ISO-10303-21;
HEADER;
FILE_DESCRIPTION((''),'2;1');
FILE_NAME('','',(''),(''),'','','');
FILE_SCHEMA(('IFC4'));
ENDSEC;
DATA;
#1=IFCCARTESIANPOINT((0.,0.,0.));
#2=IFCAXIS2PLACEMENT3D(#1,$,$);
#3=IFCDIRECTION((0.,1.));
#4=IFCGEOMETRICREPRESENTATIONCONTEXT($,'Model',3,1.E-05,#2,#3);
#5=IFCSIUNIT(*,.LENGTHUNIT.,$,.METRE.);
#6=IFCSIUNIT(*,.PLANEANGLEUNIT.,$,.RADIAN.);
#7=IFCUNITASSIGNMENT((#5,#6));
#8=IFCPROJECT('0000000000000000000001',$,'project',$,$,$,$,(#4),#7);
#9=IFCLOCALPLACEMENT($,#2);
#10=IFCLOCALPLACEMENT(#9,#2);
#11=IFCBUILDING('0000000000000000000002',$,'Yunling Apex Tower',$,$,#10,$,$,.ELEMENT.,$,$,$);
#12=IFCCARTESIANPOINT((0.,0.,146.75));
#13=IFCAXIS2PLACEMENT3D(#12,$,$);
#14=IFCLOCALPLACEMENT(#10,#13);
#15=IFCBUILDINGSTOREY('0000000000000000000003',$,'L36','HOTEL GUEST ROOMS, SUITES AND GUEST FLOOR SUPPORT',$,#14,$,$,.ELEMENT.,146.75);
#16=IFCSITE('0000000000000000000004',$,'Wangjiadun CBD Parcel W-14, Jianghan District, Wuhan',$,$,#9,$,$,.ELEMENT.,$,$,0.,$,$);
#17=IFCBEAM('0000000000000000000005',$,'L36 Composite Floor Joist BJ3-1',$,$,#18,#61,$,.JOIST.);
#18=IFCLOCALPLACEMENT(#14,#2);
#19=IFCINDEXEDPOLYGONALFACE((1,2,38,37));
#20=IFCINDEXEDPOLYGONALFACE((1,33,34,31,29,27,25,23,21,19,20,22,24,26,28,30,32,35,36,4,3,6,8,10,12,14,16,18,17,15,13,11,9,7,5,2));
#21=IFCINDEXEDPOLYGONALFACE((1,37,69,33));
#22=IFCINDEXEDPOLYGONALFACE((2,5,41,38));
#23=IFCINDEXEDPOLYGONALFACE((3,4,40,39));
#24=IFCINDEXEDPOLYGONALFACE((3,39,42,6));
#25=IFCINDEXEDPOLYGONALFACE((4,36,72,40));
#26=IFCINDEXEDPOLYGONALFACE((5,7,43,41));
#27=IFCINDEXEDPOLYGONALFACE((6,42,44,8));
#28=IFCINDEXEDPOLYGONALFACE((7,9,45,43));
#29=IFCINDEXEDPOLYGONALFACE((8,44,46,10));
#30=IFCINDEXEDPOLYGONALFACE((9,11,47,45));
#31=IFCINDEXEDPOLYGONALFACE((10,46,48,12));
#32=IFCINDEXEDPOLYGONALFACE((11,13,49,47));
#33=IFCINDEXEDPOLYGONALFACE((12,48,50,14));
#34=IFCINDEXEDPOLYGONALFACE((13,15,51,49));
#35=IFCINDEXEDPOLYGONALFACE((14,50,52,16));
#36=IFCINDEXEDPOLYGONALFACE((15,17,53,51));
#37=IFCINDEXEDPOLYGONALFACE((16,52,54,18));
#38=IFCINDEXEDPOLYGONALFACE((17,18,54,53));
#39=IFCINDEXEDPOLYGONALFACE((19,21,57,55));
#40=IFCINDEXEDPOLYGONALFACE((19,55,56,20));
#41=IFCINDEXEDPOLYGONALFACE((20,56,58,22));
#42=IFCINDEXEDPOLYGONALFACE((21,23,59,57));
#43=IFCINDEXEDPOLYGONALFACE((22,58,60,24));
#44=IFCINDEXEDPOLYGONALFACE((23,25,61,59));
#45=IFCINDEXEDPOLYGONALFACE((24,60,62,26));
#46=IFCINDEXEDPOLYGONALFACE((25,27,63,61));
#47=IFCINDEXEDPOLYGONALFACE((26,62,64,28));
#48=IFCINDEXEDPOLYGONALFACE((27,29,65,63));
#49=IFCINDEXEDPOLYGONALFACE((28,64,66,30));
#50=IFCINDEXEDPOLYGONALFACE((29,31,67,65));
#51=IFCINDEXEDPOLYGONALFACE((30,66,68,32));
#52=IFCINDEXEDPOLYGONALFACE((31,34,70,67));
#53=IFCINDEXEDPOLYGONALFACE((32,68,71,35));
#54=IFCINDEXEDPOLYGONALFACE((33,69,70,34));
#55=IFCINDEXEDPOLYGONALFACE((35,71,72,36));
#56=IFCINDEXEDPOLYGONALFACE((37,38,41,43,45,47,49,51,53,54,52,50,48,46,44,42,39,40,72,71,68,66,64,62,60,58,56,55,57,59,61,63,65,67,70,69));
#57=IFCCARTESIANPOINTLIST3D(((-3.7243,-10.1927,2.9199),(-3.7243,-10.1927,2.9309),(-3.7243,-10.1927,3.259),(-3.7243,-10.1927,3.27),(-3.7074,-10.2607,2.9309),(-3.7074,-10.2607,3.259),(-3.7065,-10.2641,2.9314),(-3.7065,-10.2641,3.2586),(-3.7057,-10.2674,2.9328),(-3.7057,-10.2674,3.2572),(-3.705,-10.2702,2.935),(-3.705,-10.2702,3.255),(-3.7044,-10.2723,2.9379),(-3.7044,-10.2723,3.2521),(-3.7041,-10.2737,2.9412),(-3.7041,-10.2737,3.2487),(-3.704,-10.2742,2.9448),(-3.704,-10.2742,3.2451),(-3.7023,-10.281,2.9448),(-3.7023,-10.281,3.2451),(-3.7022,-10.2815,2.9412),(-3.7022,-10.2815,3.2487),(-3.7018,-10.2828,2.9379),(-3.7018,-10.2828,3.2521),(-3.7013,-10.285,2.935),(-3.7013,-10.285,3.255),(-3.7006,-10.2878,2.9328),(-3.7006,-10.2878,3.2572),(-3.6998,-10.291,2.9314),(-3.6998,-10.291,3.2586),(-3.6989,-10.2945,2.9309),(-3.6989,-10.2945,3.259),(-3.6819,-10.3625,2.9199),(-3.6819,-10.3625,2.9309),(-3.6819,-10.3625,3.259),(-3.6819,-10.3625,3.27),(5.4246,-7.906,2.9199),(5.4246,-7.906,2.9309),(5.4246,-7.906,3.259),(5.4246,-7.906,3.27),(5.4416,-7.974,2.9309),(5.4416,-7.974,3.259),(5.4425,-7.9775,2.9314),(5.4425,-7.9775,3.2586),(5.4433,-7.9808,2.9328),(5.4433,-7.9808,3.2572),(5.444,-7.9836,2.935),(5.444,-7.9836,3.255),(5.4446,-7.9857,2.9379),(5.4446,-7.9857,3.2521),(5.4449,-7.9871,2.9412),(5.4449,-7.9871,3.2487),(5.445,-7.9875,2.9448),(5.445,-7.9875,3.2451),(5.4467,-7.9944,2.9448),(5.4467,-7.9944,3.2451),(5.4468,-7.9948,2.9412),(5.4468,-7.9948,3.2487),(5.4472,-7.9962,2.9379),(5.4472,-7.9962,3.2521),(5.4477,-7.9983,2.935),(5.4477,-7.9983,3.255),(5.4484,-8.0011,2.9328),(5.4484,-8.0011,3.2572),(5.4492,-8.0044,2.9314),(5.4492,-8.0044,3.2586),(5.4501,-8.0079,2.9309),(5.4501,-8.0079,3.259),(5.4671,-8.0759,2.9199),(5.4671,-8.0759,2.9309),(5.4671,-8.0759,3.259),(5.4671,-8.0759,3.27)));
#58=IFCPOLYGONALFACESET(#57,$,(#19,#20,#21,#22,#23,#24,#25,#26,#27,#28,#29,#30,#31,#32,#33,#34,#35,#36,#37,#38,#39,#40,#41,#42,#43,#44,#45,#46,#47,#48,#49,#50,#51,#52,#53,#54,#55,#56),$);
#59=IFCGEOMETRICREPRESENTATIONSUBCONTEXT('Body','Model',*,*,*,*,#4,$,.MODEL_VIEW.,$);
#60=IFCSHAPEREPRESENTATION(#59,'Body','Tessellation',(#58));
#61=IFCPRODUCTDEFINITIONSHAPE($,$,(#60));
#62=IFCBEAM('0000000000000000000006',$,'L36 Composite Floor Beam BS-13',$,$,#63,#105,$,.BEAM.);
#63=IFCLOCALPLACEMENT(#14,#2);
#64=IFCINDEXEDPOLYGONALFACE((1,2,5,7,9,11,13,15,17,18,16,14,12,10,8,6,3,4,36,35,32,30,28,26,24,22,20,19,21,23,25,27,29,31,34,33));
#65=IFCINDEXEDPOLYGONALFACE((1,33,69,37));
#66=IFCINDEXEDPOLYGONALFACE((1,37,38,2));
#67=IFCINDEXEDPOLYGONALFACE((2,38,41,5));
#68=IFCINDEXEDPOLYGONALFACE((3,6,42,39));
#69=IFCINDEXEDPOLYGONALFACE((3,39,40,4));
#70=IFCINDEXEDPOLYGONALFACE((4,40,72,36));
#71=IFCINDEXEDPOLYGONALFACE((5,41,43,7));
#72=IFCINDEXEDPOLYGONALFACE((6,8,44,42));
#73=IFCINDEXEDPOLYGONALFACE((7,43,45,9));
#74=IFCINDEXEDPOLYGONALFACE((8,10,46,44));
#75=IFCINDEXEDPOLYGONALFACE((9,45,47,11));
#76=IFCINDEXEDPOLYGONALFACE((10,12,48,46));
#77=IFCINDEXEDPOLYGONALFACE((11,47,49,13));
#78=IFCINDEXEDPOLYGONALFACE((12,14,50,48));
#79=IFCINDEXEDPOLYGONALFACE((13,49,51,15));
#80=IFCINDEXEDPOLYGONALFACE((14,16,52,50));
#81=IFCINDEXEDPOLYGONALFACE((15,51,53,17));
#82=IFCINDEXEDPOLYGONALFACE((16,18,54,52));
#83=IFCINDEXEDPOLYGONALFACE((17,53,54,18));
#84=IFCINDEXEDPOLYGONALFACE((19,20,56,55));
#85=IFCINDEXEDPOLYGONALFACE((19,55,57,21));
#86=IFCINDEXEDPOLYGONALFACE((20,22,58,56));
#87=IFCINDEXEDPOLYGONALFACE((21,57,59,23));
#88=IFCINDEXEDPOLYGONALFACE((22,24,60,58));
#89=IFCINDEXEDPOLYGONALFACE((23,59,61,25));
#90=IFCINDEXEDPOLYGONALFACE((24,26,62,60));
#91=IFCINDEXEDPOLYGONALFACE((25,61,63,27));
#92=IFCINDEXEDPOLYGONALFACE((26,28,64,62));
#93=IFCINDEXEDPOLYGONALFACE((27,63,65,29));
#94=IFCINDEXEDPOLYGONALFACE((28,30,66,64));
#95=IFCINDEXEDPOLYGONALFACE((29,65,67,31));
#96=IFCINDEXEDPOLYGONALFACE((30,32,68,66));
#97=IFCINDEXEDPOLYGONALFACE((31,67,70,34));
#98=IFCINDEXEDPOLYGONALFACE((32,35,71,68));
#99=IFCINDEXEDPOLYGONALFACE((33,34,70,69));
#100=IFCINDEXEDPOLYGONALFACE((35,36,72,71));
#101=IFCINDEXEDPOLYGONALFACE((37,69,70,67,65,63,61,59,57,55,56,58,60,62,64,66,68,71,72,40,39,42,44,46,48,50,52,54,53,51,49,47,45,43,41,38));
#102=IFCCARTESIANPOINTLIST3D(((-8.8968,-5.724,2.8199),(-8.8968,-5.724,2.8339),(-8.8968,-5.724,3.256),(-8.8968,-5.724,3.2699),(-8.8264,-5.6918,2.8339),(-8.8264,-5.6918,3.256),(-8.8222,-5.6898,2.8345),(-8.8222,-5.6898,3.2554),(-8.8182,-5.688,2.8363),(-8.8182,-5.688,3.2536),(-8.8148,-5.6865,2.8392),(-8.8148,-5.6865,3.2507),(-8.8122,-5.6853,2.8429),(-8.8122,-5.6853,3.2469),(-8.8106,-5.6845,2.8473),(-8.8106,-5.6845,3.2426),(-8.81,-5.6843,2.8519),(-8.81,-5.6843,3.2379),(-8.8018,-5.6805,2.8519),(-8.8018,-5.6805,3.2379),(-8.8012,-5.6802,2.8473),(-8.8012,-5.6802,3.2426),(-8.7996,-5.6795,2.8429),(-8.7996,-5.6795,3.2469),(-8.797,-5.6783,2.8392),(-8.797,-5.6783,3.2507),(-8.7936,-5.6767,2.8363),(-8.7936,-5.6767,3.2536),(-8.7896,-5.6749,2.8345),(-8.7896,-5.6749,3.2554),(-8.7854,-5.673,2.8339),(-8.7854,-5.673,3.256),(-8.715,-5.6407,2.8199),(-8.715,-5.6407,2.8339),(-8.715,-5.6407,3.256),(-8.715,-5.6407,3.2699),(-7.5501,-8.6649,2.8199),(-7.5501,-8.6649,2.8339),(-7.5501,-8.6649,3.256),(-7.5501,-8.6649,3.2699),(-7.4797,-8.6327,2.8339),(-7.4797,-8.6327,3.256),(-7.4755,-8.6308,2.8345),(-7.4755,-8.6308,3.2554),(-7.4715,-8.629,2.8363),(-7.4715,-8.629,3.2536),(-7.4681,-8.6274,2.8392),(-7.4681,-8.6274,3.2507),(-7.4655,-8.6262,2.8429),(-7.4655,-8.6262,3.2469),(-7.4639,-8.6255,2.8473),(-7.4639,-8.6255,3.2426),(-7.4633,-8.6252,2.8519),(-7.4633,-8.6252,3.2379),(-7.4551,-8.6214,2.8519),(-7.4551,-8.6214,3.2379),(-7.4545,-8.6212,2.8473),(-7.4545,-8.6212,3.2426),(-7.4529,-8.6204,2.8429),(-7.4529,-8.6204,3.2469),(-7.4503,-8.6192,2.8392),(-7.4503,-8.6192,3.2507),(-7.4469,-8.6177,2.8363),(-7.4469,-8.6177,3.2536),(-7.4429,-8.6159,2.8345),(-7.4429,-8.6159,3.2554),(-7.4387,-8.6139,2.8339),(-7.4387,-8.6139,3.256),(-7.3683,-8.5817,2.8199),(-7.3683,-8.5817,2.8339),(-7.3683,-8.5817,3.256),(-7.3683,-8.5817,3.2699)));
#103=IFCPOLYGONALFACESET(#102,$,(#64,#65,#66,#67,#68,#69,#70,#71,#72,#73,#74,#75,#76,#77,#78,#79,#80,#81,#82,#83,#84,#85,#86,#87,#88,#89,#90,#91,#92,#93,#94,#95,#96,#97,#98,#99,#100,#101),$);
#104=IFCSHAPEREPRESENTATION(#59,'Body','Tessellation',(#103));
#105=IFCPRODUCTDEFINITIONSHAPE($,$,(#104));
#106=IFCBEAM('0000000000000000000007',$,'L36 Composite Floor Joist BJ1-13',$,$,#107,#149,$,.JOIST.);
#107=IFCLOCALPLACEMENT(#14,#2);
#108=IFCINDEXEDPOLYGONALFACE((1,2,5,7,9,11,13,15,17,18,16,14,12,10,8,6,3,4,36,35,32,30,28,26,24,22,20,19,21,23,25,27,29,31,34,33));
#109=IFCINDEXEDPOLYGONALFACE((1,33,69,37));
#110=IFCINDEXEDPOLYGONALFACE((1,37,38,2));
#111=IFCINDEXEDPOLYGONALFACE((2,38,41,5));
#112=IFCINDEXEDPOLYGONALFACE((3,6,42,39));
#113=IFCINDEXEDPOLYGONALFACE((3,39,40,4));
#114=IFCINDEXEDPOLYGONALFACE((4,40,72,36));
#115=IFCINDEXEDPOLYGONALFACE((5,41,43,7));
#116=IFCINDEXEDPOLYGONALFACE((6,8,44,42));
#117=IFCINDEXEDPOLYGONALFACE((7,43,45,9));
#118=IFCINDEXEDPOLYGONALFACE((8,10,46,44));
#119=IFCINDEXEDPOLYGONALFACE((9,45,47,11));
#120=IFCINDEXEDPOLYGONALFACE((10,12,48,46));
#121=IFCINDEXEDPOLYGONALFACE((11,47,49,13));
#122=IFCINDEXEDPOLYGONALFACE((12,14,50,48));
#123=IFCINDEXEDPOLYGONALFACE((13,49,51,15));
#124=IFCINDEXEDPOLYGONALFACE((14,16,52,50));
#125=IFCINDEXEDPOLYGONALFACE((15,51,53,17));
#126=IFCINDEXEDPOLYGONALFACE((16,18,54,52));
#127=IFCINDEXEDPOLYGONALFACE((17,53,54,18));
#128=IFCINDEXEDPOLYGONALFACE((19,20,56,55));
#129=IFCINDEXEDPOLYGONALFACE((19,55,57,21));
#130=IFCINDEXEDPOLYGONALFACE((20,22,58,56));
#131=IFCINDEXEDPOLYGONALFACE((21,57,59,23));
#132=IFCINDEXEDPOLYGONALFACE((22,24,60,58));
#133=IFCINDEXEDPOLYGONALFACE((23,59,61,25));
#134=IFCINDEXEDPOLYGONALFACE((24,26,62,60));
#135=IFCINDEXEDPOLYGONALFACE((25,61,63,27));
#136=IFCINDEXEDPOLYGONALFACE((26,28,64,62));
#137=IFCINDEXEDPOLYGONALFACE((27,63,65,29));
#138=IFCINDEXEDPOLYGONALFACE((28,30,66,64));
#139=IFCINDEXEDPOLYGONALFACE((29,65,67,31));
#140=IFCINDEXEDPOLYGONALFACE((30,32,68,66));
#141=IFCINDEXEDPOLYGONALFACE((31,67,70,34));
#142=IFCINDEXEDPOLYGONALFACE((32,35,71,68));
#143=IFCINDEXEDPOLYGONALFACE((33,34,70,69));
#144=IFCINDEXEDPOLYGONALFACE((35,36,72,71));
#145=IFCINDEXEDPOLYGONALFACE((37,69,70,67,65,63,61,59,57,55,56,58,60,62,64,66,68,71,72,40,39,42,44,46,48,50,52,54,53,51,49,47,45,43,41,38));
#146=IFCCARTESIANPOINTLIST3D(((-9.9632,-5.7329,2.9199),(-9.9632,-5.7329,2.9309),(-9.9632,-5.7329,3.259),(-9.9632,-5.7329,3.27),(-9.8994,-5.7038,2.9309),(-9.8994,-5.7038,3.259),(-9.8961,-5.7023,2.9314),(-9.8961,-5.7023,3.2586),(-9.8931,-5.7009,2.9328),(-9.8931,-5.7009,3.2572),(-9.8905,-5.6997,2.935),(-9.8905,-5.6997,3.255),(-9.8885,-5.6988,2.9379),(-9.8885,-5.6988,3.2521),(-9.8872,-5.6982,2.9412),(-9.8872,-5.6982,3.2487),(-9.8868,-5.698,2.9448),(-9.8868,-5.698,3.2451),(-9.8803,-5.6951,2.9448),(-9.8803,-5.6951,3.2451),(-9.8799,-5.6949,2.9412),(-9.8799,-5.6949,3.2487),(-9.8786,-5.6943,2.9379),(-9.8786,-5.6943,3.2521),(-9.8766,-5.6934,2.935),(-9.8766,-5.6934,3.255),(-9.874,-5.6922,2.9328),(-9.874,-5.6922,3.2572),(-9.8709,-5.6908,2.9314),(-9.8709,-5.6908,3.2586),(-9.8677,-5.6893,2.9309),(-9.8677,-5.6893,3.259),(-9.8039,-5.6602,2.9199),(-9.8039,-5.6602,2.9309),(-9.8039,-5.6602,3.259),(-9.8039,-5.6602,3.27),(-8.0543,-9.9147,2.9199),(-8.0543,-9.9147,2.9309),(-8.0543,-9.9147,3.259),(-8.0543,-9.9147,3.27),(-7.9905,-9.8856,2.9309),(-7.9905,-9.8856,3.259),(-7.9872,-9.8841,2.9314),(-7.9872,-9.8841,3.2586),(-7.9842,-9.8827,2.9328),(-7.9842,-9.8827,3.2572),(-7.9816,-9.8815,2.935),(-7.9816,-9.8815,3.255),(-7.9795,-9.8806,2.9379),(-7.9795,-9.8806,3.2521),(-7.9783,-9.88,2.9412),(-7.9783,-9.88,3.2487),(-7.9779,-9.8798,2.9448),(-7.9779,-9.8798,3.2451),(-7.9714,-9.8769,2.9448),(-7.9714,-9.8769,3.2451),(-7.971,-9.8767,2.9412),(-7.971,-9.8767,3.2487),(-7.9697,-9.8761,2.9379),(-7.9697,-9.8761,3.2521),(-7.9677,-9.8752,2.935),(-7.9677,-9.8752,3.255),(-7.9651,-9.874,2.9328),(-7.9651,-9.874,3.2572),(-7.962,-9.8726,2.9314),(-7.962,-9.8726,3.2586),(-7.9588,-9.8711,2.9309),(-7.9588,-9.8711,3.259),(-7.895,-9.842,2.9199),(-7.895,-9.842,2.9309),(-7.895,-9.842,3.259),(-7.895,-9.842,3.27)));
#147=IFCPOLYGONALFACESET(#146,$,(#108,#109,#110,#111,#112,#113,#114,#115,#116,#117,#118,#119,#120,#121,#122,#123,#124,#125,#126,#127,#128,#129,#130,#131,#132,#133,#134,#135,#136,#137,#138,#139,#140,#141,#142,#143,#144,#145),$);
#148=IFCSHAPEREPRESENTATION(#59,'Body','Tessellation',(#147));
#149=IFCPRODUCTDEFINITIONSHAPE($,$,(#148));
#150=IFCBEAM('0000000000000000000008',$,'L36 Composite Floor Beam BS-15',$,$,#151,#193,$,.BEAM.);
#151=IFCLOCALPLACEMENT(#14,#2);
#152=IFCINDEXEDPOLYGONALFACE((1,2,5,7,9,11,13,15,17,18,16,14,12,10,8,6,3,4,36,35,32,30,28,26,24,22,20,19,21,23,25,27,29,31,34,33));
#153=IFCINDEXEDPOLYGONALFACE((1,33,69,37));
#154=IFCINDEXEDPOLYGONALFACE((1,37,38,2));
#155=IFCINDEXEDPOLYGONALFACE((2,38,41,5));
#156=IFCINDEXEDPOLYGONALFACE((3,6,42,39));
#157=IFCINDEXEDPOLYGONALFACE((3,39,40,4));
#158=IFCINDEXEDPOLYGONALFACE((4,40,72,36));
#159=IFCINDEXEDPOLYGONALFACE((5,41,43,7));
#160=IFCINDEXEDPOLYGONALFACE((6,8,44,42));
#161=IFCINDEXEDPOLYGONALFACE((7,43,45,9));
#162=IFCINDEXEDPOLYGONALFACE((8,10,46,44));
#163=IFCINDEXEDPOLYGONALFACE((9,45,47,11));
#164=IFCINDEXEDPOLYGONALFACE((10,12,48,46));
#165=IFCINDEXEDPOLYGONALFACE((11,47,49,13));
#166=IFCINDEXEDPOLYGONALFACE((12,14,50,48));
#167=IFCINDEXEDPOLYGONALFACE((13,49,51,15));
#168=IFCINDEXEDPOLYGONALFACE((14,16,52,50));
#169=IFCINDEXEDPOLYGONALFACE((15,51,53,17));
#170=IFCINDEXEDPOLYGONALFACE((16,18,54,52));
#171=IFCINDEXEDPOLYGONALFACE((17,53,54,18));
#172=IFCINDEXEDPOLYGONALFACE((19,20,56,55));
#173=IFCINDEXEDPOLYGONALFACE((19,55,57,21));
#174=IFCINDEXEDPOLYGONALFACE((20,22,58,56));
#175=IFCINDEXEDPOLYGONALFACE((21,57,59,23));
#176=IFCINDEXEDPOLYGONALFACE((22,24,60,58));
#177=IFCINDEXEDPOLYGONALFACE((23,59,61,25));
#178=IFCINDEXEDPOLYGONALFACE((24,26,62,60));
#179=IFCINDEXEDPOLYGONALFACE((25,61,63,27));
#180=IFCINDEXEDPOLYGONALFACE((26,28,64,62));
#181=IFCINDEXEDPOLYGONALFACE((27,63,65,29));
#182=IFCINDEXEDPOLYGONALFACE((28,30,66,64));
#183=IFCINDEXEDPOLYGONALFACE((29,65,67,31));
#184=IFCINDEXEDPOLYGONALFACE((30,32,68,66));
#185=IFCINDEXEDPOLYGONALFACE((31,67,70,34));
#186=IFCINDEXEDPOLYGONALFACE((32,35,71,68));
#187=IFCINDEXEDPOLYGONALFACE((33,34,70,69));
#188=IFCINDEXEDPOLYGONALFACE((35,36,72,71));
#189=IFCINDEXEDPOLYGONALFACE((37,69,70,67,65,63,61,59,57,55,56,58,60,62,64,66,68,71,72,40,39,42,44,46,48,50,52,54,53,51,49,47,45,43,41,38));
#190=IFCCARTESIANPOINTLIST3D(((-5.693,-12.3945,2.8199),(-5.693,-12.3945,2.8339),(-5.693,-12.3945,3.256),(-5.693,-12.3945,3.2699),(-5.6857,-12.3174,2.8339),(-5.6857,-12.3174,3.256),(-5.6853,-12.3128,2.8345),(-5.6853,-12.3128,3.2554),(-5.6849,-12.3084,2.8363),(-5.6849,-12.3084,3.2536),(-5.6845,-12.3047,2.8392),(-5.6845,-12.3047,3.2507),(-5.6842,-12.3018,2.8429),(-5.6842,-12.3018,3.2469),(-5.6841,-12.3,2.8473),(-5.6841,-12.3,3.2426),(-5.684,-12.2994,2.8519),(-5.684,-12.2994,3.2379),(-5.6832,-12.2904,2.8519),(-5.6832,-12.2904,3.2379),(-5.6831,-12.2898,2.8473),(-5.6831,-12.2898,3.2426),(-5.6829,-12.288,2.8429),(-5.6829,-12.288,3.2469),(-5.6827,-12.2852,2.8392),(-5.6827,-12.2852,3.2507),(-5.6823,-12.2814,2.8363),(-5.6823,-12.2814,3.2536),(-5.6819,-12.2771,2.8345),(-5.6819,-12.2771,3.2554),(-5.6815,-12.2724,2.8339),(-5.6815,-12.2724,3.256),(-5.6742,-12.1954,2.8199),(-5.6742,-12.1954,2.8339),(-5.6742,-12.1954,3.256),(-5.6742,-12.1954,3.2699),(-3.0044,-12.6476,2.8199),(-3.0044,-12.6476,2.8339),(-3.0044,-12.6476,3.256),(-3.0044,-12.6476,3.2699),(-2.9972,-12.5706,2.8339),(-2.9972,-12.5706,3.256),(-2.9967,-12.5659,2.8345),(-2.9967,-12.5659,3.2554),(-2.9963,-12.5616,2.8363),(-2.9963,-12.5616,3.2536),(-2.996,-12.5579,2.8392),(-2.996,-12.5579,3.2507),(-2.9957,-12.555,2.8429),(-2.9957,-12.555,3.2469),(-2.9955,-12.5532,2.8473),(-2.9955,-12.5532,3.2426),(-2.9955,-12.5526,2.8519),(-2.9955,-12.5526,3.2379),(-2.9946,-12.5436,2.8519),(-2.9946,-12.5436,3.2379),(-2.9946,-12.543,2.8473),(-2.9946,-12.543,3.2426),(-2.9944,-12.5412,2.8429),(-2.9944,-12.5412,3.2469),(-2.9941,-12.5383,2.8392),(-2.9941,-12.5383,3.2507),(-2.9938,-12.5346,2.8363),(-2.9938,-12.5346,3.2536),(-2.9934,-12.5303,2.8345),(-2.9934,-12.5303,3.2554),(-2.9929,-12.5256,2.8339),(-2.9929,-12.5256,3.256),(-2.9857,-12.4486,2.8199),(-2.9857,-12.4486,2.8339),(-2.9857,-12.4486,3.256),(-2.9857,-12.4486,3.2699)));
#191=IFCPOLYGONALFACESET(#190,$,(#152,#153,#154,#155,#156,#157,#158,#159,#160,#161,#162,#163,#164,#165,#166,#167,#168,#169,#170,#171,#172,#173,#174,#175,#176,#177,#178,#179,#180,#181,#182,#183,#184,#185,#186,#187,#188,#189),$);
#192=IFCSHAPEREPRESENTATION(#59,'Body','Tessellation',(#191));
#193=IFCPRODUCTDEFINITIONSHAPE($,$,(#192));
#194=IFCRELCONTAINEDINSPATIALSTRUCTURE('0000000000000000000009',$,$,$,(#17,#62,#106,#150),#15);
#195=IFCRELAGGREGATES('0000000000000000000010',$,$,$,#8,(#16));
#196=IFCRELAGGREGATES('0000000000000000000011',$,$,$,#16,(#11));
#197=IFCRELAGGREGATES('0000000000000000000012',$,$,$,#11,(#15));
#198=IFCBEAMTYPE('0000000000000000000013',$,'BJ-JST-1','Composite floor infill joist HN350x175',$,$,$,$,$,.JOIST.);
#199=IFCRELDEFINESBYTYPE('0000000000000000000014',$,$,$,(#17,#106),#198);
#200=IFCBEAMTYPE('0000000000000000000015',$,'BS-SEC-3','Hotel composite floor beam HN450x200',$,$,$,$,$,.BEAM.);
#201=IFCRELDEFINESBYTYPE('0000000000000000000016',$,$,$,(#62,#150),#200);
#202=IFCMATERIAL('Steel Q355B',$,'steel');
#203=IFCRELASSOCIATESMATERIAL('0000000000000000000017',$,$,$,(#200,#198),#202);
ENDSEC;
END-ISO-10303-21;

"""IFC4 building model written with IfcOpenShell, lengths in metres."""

from ifc_helpers import new_model, si_unit, direction, frame, origin, origin_2d, place, context, subcontext, project, spatial, i_section, extrude, source, transform, mapped, material, material_profile, profile_set, type_object, element, save


model = new_model("IFC4")

# Units and contexts
model_context = context("Model", 3, precision=1e-05, world=origin(), true_north=direction((0.0, 1.0)))
body_context = subcontext(model_context, "Body", "Model", "MODEL_VIEW")
ifc_project = project(units=[si_unit("LENGTHUNIT", "METRE"), si_unit("PLANEANGLEUNIT", "RADIAN")], contexts=[model_context])

# Site, building, storey
site_placement = place(None, origin())
site = spatial("IfcSite", under=ifc_project, at=site_placement, Name="Wangjiadun CBD Parcel W-14, Jianghan District, Wuhan", CompositionType="ELEMENT", RefElevation=0.0)
building_placement = place(site_placement, origin())
building = spatial("IfcBuilding", under=site, at=building_placement, Name="Yunling Apex Tower", CompositionType="ELEMENT")
storey_placement = place(building_placement, frame((0.0, 0.0, 146.75)))
storey = spatial("IfcBuildingStorey", under=building, at=storey_placement, Name="L36", Description="HOTEL GUEST ROOMS, SUITES AND GUEST FLOOR SUPPORT", CompositionType="ELEMENT", Elevation=146.75)

# Beams
ifc_material_1 = material(Name="Steel Q355B", Category="steel")
ifc_material_profile_1 = material_profile(ifc_material_1, i_section(OverallWidth=0.2, OverallDepth=0.45, WebThickness=0.009, FlangeThickness=0.0139, FilletRadius=0.0181, at=origin_2d()))
ifc_profile_set_1 = profile_set([ifc_material_profile_1], Name="Steel Q355B")
beam_type_1 = type_object("IfcBeamType", Name="BS-SEC-3", Description="Hotel composite floor beam HN450x200", PredefinedType="BEAM", material=ifc_profile_set_1)
ifc_material_profile_2 = material_profile(ifc_material_1, i_section(OverallWidth=0.175, OverallDepth=0.3501, WebThickness=0.0071, FlangeThickness=0.011, FilletRadius=0.0139, at=origin_2d()))
ifc_profile_set_2 = profile_set([ifc_material_profile_2], Name="Steel Q355B")
beam_type_2 = type_object("IfcBeamType", Name="BJ-JST-1", Description="Composite floor infill joist HN350x175", PredefinedType="JOIST", material=ifc_profile_set_2)
shared_shape_1 = source(origin(), body_context, "Body", "SweptSolid", [
    extrude(i_section(OverallWidth=0.175, OverallDepth=0.3501, WebThickness=0.0071, FlangeThickness=0.011, FilletRadius=0.0139, at=origin_2d()), origin(), (0.0, 0.0, 1.0), 9.4304),
])
beam_1_placement = place(storey_placement, frame((-3.7031, -10.2776, 3.095), z_axis=(0.970158, 0.242475, 0.0), x_axis=(-0.242475, 0.970158, 0.0)))
element("IfcBeam", 1, at=beam_1_placement, inside=storey, type_object=beam_type_2, Name="L36 Composite Floor Joist BJ3-1", PredefinedType="JOIST", context=body_context, shape_type="MappedRepresentation", body=[
    mapped(shared_shape_1, transform((0.0, 0.0, 0.0), scale=1.0)),
])
shared_shape_2 = source(origin(), body_context, "Body", "SweptSolid", [
    extrude(i_section(OverallWidth=0.2, OverallDepth=0.45, WebThickness=0.009, FlangeThickness=0.0139, FilletRadius=0.0181, at=origin_2d()), origin(), (0.0, 0.0, 1.0), 3.2346),
])
beam_2_placement = place(storey_placement, frame((-8.8059, -5.6824, 3.0449), z_axis=(0.416338, -0.90921, 0.0), x_axis=(0.90921, 0.416338, 0.0)))
element("IfcBeam", 2, at=beam_2_placement, inside=storey, type_object=beam_type_1, Name="L36 Composite Floor Beam BS-13", PredefinedType="BEAM", context=body_context, shape_type="MappedRepresentation", body=[
    mapped(shared_shape_2, transform((0.0, 0.0, 0.0), scale=1.0)),
])
shared_shape_3 = source(origin(), body_context, "Body", "SweptSolid", [
    extrude(i_section(OverallWidth=0.175, OverallDepth=0.3501, WebThickness=0.0071, FlangeThickness=0.011, FilletRadius=0.0139, at=origin_2d()), origin(), (0.0, 0.0, 1.0), 4.5969),
])
beam_3_placement = place(storey_placement, frame((-9.8835, -5.6965, 3.095), z_axis=(0.415259, -0.909703, 0.0), x_axis=(0.909703, 0.415259, 0.0)))
element("IfcBeam", 3, at=beam_3_placement, inside=storey, type_object=beam_type_2, Name="L36 Composite Floor Joist BJ1-13", PredefinedType="JOIST", context=body_context, shape_type="MappedRepresentation", body=[
    mapped(shared_shape_3, transform((0.0, 0.0, 0.0), scale=1.0)),
])
shared_shape_4 = source(origin(), body_context, "Body", "SweptSolid", [
    extrude(i_section(OverallWidth=0.2, OverallDepth=0.45, WebThickness=0.009, FlangeThickness=0.0139, FilletRadius=0.0181, at=origin_2d()), origin(), (0.0, 0.0, 1.0), 2.7004),
])
beam_4_placement = place(storey_placement, frame((-5.6836, -12.2949, 3.0449), z_axis=(0.995595, -0.093755, 0.0), x_axis=(0.093755, 0.995595, 0.0)))
element("IfcBeam", 4, at=beam_4_placement, inside=storey, type_object=beam_type_1, Name="L36 Composite Floor Beam BS-15", PredefinedType="BEAM", context=body_context, shape_type="MappedRepresentation", body=[
    mapped(shared_shape_4, transform((0.0, 0.0, 0.0), scale=1.0)),
])

save(model, "model.ifc")
